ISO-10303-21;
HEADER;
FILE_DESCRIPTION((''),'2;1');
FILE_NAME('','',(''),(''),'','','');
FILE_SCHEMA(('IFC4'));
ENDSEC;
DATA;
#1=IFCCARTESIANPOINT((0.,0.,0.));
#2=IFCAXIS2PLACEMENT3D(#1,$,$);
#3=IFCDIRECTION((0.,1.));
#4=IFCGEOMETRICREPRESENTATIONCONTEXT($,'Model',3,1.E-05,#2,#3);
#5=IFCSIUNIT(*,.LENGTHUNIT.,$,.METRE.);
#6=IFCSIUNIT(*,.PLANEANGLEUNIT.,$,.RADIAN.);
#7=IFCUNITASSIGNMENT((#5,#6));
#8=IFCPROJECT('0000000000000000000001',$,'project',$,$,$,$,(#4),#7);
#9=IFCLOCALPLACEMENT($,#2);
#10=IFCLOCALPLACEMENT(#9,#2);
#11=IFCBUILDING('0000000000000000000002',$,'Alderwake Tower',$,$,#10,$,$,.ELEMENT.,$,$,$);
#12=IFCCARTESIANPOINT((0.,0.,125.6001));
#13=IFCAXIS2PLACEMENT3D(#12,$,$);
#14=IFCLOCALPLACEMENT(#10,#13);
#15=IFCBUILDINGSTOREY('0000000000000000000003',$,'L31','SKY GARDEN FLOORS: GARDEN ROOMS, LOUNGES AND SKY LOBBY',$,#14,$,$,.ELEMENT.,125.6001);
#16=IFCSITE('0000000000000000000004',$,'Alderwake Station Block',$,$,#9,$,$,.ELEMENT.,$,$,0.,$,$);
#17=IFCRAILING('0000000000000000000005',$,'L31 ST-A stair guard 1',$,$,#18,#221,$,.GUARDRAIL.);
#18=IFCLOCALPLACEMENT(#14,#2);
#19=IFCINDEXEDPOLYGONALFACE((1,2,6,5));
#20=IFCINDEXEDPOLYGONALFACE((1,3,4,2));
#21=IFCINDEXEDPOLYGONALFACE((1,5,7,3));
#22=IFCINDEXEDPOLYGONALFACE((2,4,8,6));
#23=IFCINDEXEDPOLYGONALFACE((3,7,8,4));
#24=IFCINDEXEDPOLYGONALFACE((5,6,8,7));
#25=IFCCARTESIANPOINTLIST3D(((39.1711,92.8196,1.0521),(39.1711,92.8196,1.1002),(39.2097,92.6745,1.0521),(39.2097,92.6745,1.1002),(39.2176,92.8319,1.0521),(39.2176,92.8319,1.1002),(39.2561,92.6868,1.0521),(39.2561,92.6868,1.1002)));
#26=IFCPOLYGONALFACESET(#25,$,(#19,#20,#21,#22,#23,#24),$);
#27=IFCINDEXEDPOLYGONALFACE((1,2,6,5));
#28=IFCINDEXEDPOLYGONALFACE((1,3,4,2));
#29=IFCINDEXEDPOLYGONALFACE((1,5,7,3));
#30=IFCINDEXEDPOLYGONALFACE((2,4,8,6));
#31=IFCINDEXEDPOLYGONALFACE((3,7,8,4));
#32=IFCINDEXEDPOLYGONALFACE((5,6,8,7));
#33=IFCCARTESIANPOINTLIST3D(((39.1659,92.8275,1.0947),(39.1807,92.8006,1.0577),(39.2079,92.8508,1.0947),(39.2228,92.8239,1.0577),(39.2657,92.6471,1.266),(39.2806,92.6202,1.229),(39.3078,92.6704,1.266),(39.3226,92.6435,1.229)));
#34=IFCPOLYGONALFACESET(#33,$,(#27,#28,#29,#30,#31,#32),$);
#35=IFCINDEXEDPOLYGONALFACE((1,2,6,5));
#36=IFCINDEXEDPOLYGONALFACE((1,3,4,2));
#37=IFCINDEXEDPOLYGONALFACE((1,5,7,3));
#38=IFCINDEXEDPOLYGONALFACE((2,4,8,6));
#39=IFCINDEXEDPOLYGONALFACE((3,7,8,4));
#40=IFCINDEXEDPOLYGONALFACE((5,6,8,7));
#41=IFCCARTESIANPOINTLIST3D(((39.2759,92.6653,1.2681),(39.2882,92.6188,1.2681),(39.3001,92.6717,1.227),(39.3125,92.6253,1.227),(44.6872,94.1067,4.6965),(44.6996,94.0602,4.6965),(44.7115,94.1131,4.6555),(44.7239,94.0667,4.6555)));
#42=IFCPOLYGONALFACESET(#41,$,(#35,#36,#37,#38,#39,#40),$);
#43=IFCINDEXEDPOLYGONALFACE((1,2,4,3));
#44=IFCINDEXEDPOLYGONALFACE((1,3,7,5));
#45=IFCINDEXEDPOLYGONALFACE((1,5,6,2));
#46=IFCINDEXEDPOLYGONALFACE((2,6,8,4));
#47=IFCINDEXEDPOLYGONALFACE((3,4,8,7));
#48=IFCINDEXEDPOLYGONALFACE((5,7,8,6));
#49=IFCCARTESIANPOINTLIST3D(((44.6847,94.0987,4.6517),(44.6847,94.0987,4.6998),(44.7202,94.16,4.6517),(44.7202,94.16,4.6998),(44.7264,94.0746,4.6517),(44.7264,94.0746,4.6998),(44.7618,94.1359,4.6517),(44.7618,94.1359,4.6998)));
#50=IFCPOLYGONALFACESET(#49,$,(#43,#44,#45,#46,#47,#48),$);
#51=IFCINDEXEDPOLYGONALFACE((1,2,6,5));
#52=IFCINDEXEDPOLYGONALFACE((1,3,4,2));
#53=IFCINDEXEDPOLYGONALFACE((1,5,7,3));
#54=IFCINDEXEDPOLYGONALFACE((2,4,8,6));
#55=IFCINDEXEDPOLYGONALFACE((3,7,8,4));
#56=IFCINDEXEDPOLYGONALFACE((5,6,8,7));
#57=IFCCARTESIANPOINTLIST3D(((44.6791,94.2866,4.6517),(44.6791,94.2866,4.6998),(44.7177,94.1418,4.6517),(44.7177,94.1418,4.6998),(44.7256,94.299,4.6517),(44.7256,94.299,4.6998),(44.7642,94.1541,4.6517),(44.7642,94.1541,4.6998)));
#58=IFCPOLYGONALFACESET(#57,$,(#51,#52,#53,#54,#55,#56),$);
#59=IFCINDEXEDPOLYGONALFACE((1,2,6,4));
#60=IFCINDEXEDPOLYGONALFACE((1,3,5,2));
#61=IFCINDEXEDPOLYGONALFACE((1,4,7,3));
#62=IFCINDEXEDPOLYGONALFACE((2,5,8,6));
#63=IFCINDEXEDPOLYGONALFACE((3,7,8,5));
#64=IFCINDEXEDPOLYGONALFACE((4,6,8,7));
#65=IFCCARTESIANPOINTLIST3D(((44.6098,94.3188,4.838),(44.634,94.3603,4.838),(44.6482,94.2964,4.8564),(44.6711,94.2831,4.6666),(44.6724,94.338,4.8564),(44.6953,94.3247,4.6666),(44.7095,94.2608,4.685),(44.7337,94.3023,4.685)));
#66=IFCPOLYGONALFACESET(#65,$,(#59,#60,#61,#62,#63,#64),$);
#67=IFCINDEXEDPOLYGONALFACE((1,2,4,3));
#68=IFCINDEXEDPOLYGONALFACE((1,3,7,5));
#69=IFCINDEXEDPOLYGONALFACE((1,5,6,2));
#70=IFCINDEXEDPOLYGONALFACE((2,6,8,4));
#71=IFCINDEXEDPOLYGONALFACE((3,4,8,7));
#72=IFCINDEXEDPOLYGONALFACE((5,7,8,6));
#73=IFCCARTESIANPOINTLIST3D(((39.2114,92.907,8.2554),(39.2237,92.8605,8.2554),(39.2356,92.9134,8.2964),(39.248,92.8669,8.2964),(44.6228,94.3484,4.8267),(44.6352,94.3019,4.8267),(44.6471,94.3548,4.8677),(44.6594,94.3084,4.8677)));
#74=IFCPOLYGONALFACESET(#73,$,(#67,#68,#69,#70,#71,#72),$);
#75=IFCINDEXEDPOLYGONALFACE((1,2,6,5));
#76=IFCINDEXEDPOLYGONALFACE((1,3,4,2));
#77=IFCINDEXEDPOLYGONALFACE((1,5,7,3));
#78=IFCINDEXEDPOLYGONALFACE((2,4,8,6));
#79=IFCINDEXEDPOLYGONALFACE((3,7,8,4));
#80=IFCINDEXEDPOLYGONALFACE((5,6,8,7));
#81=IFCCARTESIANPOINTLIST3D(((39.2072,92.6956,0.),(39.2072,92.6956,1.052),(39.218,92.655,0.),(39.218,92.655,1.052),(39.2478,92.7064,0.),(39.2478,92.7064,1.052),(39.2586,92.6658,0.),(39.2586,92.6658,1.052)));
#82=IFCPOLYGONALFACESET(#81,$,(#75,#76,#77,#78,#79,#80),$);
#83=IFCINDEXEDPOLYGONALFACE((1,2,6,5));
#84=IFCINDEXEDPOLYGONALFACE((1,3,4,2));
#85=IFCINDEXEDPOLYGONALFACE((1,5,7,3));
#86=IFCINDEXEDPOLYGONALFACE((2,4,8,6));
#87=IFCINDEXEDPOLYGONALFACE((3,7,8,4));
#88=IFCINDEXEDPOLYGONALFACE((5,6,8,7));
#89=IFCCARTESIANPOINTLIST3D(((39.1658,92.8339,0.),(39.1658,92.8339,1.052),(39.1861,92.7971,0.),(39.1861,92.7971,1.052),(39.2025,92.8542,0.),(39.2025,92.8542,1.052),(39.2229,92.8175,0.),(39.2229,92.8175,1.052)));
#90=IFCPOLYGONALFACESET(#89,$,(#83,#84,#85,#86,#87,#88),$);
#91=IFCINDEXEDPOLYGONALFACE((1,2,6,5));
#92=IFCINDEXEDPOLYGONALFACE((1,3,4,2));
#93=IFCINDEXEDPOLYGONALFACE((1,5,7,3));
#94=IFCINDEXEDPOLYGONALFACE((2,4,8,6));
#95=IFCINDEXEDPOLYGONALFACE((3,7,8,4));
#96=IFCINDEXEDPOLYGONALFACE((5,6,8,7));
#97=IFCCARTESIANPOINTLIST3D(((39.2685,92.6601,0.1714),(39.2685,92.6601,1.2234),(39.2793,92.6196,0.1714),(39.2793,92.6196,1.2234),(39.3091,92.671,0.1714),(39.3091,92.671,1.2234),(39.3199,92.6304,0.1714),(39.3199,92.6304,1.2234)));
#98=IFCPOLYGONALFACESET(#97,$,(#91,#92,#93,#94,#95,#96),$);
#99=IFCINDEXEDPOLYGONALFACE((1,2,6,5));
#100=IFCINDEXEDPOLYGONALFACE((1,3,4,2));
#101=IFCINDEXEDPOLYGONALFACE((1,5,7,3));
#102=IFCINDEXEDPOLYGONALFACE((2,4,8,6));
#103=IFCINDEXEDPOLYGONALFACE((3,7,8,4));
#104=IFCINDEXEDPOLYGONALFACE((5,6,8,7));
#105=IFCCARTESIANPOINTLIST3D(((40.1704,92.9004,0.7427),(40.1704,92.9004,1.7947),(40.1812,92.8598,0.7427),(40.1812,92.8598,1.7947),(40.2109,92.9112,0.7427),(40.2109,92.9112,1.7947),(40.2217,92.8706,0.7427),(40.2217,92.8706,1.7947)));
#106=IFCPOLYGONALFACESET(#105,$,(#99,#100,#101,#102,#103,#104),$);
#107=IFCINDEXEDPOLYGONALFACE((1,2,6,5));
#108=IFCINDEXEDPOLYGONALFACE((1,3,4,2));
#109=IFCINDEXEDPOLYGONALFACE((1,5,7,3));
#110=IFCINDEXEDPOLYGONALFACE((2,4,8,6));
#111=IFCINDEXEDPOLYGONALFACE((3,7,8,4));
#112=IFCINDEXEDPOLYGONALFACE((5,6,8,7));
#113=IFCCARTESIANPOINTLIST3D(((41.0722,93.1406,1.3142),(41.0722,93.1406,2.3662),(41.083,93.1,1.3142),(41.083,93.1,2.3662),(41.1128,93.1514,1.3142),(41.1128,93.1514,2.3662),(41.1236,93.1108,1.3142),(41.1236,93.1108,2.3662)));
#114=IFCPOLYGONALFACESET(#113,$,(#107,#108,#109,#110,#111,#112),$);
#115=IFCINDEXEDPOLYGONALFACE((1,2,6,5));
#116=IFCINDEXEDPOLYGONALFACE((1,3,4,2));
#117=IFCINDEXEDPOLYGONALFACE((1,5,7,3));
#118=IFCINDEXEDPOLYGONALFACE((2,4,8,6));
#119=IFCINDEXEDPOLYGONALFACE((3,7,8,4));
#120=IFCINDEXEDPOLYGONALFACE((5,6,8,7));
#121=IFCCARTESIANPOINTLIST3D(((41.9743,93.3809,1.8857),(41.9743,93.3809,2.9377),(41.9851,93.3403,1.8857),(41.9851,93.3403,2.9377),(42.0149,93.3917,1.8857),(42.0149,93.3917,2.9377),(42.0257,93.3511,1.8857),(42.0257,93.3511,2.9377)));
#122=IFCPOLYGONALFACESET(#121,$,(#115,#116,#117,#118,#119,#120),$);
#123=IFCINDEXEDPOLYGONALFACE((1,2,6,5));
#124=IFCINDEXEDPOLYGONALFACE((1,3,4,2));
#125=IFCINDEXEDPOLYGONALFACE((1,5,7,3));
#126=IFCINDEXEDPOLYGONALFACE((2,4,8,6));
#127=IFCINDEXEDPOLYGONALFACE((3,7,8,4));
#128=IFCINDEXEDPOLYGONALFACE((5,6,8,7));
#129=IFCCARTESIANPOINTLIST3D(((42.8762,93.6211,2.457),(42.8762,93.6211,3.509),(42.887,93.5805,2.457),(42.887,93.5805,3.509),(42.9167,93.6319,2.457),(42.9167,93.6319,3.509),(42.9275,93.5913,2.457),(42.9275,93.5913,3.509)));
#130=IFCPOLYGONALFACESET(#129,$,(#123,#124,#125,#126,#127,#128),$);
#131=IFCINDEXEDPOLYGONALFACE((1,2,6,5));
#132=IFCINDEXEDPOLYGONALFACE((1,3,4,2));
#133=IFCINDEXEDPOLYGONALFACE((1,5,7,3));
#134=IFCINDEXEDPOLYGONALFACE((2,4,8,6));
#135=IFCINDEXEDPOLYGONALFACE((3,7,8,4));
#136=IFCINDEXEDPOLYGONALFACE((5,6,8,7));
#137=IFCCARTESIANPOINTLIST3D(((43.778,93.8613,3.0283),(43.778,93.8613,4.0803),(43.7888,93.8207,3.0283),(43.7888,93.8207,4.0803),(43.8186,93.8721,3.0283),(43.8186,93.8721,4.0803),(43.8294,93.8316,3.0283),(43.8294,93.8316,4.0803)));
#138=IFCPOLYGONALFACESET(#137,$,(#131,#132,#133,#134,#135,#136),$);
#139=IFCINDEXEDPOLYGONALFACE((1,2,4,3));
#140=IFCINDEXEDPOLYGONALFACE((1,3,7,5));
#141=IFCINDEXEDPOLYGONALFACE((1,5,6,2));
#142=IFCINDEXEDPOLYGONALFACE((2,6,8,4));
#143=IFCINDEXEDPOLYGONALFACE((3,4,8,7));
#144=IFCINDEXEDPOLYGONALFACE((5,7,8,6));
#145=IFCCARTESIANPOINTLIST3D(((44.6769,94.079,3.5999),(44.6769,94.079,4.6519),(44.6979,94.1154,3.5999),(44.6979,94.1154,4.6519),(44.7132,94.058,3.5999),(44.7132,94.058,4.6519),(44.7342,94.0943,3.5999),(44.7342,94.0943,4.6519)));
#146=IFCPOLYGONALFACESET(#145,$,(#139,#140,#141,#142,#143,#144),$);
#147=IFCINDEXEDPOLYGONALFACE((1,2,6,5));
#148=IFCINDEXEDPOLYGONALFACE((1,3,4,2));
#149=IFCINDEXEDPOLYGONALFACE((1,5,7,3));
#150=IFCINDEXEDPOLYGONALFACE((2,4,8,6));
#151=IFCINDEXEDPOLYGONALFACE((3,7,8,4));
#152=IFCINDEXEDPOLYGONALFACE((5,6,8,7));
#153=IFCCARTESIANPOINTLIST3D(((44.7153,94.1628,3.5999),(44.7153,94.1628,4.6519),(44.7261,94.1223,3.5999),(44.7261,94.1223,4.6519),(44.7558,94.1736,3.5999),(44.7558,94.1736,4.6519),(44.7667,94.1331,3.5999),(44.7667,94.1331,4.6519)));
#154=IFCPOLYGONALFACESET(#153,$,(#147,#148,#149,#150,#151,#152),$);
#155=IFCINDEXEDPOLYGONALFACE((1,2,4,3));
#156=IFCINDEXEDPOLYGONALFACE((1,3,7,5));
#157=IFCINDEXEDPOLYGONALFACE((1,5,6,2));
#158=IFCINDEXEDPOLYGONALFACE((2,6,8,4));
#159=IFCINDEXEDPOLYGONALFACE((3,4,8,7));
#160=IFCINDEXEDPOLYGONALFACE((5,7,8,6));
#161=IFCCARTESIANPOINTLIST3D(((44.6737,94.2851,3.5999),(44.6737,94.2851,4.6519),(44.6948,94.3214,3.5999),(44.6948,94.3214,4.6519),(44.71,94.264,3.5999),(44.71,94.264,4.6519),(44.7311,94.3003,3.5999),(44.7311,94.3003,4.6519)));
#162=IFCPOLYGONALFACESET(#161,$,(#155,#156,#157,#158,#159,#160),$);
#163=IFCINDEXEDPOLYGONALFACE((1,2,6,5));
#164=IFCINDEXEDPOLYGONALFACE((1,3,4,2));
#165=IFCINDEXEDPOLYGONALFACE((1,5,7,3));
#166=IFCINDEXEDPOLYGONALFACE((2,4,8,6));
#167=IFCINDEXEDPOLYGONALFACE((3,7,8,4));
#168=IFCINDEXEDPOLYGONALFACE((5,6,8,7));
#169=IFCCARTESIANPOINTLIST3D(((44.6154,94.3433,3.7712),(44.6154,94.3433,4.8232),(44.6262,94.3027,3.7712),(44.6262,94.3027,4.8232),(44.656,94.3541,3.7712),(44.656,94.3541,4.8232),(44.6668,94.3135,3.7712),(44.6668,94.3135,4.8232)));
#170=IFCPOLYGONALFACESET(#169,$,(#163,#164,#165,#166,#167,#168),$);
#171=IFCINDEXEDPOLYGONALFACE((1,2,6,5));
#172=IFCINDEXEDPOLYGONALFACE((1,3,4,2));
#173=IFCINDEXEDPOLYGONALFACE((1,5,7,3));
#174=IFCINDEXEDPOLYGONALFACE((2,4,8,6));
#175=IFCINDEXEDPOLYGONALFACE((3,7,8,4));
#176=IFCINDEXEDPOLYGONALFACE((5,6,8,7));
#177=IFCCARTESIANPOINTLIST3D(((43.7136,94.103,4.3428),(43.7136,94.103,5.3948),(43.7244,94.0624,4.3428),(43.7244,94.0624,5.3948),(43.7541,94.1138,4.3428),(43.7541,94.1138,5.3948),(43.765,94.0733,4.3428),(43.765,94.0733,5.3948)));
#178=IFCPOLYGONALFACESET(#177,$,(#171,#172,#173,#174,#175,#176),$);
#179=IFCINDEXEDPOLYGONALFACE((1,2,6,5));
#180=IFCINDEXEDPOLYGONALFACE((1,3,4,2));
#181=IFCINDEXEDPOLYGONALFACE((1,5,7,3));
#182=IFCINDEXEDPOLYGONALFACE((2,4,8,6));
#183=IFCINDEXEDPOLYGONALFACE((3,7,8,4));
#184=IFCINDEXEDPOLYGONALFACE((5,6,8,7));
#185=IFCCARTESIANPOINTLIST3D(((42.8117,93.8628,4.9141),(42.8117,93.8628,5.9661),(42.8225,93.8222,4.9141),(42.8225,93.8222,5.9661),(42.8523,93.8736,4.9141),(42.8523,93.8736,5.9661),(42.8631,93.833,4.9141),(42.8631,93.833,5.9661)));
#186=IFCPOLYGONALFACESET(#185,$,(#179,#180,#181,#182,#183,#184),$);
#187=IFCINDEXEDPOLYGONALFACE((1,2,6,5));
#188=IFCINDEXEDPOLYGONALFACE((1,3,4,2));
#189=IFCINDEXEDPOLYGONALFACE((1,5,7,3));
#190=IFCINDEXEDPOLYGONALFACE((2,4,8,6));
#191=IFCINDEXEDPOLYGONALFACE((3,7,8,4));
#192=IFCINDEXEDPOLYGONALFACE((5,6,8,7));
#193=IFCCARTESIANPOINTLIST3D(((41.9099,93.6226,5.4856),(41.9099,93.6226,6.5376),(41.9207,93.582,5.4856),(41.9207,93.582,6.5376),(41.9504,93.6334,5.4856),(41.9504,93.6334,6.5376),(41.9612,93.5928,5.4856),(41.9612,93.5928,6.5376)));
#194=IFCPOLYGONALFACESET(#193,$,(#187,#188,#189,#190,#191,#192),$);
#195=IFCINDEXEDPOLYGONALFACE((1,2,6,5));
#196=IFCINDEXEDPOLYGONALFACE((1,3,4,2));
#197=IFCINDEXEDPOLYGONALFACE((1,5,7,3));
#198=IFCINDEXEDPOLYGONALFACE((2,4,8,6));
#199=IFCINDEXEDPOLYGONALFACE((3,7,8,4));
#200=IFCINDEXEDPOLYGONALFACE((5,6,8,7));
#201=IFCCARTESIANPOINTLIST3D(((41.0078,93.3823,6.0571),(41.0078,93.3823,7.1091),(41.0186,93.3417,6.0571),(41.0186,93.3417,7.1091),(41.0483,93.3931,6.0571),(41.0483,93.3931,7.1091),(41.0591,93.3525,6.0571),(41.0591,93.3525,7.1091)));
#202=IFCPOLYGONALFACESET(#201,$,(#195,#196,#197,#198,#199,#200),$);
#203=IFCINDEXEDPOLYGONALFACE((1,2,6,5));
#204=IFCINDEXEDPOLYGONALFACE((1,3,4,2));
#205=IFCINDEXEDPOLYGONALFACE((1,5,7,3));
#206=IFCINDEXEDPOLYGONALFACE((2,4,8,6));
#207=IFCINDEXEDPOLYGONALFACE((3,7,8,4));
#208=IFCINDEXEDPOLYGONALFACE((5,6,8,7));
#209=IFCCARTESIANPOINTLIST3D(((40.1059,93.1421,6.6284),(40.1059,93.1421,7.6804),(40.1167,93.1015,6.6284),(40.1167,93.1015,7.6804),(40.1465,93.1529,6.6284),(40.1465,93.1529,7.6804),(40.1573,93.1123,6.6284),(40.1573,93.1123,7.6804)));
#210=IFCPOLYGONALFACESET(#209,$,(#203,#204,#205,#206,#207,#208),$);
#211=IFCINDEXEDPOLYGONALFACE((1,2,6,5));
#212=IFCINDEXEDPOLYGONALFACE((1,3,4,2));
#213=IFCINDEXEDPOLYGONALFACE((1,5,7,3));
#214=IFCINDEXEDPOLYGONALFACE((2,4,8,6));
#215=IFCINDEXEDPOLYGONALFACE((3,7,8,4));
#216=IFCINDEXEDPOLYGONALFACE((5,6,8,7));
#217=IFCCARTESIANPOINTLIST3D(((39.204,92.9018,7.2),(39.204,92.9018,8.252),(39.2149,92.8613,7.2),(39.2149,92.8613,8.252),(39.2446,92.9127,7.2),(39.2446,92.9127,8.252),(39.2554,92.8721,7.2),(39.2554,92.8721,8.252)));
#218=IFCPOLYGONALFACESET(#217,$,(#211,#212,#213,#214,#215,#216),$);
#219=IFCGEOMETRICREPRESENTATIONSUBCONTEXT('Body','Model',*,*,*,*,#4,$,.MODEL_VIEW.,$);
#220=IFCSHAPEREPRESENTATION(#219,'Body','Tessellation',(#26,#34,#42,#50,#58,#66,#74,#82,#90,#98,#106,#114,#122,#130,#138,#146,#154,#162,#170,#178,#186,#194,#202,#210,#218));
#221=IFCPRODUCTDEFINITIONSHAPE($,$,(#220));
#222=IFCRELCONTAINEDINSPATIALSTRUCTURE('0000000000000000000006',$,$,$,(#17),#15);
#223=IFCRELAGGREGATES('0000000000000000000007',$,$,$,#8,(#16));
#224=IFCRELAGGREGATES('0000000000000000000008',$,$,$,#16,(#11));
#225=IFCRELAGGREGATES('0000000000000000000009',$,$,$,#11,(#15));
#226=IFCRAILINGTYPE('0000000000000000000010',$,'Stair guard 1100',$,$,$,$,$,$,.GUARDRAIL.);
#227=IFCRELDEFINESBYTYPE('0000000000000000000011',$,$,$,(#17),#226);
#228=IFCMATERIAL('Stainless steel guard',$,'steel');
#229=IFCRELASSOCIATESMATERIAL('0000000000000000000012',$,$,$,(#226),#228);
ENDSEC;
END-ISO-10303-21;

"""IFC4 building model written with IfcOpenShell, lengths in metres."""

from ifc_helpers import new_model, si_unit, direction, frame, origin, origin_2d, place, context, subcontext, project, spatial, rectangle, extrude, material, type_object, element, save


model = new_model("IFC4")

# Units and contexts
model_context = context("Model", 3, precision=1e-05, world=origin(), true_north=direction((0.0, 1.0)))
body_context = subcontext(model_context, "Body", "Model", "MODEL_VIEW")
ifc_project = project(units=[si_unit("LENGTHUNIT", "METRE"), si_unit("PLANEANGLEUNIT", "RADIAN")], contexts=[model_context])

# Site, building, storey
site_placement = place(None, origin())
site = spatial("IfcSite", under=ifc_project, at=site_placement, Name="Alderwake Station Block", CompositionType="ELEMENT", RefElevation=0.0)
building_placement = place(site_placement, origin())
building = spatial("IfcBuilding", under=site, at=building_placement, Name="Alderwake Tower", CompositionType="ELEMENT")
storey_placement = place(building_placement, frame((0.0, 0.0, 125.6001)))
storey = spatial("IfcBuildingStorey", under=building, at=storey_placement, Name="L31", Description="SKY GARDEN FLOORS: GARDEN ROOMS, LOUNGES AND SKY LOBBY", CompositionType="ELEMENT", Elevation=125.6001)

# Railing
ifc_material_1 = material(Name="Stainless steel guard", Category="steel")
railing_type = type_object("IfcRailingType", Name="Stair guard 1100", PredefinedType="GUARDRAIL", material=ifc_material_1)
railing_placement = place(storey_placement, frame((39.2329, 92.6807, 0.0)))
element("IfcRailing", 1, at=railing_placement, inside=storey, type_object=railing_type, Name="L31 ST-A stair guard 1", PredefinedType="GUARDRAIL", context=body_context, shape_type="SweptSolid", body=[
    extrude(rectangle(XDim=0.0481, YDim=0.0481, at=origin_2d()), frame((0.0, 0.0, 1.0762), z_axis=(-0.257055, 0.966397, 0.0), x_axis=(-0.966397, -0.257055, 0.0)), (0.0, 0.0, 1.0), 0.1501),
    extrude(rectangle(XDim=0.0481, YDim=0.0481, at=origin_2d()), frame((-0.0386, 0.145, 1.0762), z_axis=(0.372402, -0.672874, 0.639185), x_axis=(0.874938, 0.484235, 0.0)), (0.0, 0.0, 1.0), 0.2681),
    extrude(rectangle(XDim=0.0481, YDim=0.0481, at=origin_2d()), frame((0.0613, -0.0354, 1.2476), z_axis=(0.824126, 0.219519, 0.522138), x_axis=(-0.257391, 0.966307, 0.0)), (0.0, 0.0, 1.0), 6.5662),
    extrude(rectangle(XDim=0.0481, YDim=0.0481, at=origin_2d()), frame((5.4727, 1.406, 4.6758), z_axis=(0.50022, 0.865898, 0.0), x_axis=(-0.865898, 0.50022, 0.0)), (0.0, 0.0, 1.0), 0.0708),
    extrude(rectangle(XDim=0.0481, YDim=0.0481, at=origin_2d()), frame((5.5081, 1.4673, 4.6758), z_axis=(-0.25746, 0.966289, 0.0), x_axis=(-0.966289, -0.25746, 0.0)), (0.0, 0.0, 1.0), 0.1499),
    extrude(rectangle(XDim=0.0481, YDim=0.0481, at=origin_2d()), frame((5.4695, 1.6121, 4.6758), z_axis=(-0.3304, 0.192185, 0.924067), x_axis=(-0.5028, -0.864403, 0.0)), (0.0, 0.0, 1.0), 0.1855),
    extrude(rectangle(XDim=0.0481, YDim=0.0481, at=origin_2d()), frame((5.4082, 1.6477, 4.8472), z_axis=(-0.82411, -0.219515, 0.522165), x_axis=(0.257391, -0.966307, 0.0)), (0.0, 0.0, 1.0), 6.5664),
    extrude(rectangle(XDim=0.042, YDim=0.042, at=origin_2d()), frame((0.0, 0.0, 0.0), z_axis=(0.0, 0.0, 1.0), x_axis=(-0.257055, 0.966397, 0.0)), (0.0, 0.0, 1.0), 1.052),
    extrude(rectangle(XDim=0.042, YDim=0.042, at=origin_2d()), frame((-0.0386, 0.145, 0.0), z_axis=(0.0, 0.0, 1.0), x_axis=(0.484235, -0.874938, 0.0)), (0.0, 0.0, 1.0), 1.052),
    extrude(rectangle(XDim=0.042, YDim=0.042, at=origin_2d()), frame((0.0613, -0.0354, 0.1714), z_axis=(0.0, 0.0, 1.0), x_axis=(0.966307, 0.257391, 0.0)), (0.0, 0.0, 1.0), 1.052),
    extrude(rectangle(XDim=0.042, YDim=0.042, at=origin_2d()), frame((0.9631, 0.2048, 0.7427), z_axis=(0.0, 0.0, 1.0), x_axis=(0.966307, 0.257391, 0.0)), (0.0, 0.0, 1.0), 1.052),
    extrude(rectangle(XDim=0.042, YDim=0.042, at=origin_2d()), frame((1.865, 0.4451, 1.3142), z_axis=(0.0, 0.0, 1.0), x_axis=(0.966307, 0.257391, 0.0)), (0.0, 0.0, 1.0), 1.052),
    extrude(rectangle(XDim=0.042, YDim=0.042, at=origin_2d()), frame((2.7671, 0.6853, 1.8857), z_axis=(0.0, 0.0, 1.0), x_axis=(0.966307, 0.257391, 0.0)), (0.0, 0.0, 1.0), 1.052),
    extrude(rectangle(XDim=0.042, YDim=0.042, at=origin_2d()), frame((3.6689, 0.9255, 2.457), z_axis=(0.0, 0.0, 1.0), x_axis=(0.966307, 0.257391, 0.0)), (0.0, 0.0, 1.0), 1.052),
    extrude(rectangle(XDim=0.042, YDim=0.042, at=origin_2d()), frame((4.5708, 1.1658, 3.0283), z_axis=(0.0, 0.0, 1.0), x_axis=(0.966307, 0.257391, 0.0)), (0.0, 0.0, 1.0), 1.052),
    extrude(rectangle(XDim=0.042, YDim=0.042, at=origin_2d()), frame((5.4727, 1.406, 3.5999), z_axis=(0.0, 0.0, 1.0), x_axis=(0.50022, 0.865898, 0.0)), (0.0, 0.0, 1.0), 1.052),
    extrude(rectangle(XDim=0.042, YDim=0.042, at=origin_2d()), frame((5.5081, 1.4673, 3.5999), z_axis=(0.0, 0.0, 1.0), x_axis=(-0.25746, 0.966289, 0.0)), (0.0, 0.0, 1.0), 1.052),
    extrude(rectangle(XDim=0.042, YDim=0.042, at=origin_2d()), frame((5.4695, 1.6121, 3.5999), z_axis=(0.0, 0.0, 1.0), x_axis=(-0.864403, 0.5028, 0.0)), (0.0, 0.0, 1.0), 1.052),
    extrude(rectangle(XDim=0.042, YDim=0.042, at=origin_2d()), frame((5.4082, 1.6477, 3.7712), z_axis=(0.0, 0.0, 1.0), x_axis=(-0.966307, -0.257391, 0.0)), (0.0, 0.0, 1.0), 1.052),
    extrude(rectangle(XDim=0.042, YDim=0.042, at=origin_2d()), frame((4.5063, 1.4075, 4.3428), z_axis=(0.0, 0.0, 1.0), x_axis=(-0.966307, -0.257391, 0.0)), (0.0, 0.0, 1.0), 1.052),
    extrude(rectangle(XDim=0.042, YDim=0.042, at=origin_2d()), frame((3.6045, 1.1672, 4.9141), z_axis=(0.0, 0.0, 1.0), x_axis=(-0.966307, -0.257391, 0.0)), (0.0, 0.0, 1.0), 1.052),
    extrude(rectangle(XDim=0.042, YDim=0.042, at=origin_2d()), frame((2.7026, 0.927, 5.4856), z_axis=(0.0, 0.0, 1.0), x_axis=(-0.966307, -0.257391, 0.0)), (0.0, 0.0, 1.0), 1.052),
    extrude(rectangle(XDim=0.042, YDim=0.042, at=origin_2d()), frame((1.8005, 0.6868, 6.0571), z_axis=(0.0, 0.0, 1.0), x_axis=(-0.966307, -0.257391, 0.0)), (0.0, 0.0, 1.0), 1.052),
    extrude(rectangle(XDim=0.042, YDim=0.042, at=origin_2d()), frame((0.8987, 0.4465, 6.6284), z_axis=(0.0, 0.0, 1.0), x_axis=(-0.966307, -0.257391, 0.0)), (0.0, 0.0, 1.0), 1.052),
    extrude(rectangle(XDim=0.042, YDim=0.042, at=origin_2d()), frame((-0.0032, 0.2063, 7.2), z_axis=(0.0, 0.0, 1.0), x_axis=(-0.966307, -0.257391, 0.0)), (0.0, 0.0, 1.0), 1.052),
])

save(model, "model.ifc")
